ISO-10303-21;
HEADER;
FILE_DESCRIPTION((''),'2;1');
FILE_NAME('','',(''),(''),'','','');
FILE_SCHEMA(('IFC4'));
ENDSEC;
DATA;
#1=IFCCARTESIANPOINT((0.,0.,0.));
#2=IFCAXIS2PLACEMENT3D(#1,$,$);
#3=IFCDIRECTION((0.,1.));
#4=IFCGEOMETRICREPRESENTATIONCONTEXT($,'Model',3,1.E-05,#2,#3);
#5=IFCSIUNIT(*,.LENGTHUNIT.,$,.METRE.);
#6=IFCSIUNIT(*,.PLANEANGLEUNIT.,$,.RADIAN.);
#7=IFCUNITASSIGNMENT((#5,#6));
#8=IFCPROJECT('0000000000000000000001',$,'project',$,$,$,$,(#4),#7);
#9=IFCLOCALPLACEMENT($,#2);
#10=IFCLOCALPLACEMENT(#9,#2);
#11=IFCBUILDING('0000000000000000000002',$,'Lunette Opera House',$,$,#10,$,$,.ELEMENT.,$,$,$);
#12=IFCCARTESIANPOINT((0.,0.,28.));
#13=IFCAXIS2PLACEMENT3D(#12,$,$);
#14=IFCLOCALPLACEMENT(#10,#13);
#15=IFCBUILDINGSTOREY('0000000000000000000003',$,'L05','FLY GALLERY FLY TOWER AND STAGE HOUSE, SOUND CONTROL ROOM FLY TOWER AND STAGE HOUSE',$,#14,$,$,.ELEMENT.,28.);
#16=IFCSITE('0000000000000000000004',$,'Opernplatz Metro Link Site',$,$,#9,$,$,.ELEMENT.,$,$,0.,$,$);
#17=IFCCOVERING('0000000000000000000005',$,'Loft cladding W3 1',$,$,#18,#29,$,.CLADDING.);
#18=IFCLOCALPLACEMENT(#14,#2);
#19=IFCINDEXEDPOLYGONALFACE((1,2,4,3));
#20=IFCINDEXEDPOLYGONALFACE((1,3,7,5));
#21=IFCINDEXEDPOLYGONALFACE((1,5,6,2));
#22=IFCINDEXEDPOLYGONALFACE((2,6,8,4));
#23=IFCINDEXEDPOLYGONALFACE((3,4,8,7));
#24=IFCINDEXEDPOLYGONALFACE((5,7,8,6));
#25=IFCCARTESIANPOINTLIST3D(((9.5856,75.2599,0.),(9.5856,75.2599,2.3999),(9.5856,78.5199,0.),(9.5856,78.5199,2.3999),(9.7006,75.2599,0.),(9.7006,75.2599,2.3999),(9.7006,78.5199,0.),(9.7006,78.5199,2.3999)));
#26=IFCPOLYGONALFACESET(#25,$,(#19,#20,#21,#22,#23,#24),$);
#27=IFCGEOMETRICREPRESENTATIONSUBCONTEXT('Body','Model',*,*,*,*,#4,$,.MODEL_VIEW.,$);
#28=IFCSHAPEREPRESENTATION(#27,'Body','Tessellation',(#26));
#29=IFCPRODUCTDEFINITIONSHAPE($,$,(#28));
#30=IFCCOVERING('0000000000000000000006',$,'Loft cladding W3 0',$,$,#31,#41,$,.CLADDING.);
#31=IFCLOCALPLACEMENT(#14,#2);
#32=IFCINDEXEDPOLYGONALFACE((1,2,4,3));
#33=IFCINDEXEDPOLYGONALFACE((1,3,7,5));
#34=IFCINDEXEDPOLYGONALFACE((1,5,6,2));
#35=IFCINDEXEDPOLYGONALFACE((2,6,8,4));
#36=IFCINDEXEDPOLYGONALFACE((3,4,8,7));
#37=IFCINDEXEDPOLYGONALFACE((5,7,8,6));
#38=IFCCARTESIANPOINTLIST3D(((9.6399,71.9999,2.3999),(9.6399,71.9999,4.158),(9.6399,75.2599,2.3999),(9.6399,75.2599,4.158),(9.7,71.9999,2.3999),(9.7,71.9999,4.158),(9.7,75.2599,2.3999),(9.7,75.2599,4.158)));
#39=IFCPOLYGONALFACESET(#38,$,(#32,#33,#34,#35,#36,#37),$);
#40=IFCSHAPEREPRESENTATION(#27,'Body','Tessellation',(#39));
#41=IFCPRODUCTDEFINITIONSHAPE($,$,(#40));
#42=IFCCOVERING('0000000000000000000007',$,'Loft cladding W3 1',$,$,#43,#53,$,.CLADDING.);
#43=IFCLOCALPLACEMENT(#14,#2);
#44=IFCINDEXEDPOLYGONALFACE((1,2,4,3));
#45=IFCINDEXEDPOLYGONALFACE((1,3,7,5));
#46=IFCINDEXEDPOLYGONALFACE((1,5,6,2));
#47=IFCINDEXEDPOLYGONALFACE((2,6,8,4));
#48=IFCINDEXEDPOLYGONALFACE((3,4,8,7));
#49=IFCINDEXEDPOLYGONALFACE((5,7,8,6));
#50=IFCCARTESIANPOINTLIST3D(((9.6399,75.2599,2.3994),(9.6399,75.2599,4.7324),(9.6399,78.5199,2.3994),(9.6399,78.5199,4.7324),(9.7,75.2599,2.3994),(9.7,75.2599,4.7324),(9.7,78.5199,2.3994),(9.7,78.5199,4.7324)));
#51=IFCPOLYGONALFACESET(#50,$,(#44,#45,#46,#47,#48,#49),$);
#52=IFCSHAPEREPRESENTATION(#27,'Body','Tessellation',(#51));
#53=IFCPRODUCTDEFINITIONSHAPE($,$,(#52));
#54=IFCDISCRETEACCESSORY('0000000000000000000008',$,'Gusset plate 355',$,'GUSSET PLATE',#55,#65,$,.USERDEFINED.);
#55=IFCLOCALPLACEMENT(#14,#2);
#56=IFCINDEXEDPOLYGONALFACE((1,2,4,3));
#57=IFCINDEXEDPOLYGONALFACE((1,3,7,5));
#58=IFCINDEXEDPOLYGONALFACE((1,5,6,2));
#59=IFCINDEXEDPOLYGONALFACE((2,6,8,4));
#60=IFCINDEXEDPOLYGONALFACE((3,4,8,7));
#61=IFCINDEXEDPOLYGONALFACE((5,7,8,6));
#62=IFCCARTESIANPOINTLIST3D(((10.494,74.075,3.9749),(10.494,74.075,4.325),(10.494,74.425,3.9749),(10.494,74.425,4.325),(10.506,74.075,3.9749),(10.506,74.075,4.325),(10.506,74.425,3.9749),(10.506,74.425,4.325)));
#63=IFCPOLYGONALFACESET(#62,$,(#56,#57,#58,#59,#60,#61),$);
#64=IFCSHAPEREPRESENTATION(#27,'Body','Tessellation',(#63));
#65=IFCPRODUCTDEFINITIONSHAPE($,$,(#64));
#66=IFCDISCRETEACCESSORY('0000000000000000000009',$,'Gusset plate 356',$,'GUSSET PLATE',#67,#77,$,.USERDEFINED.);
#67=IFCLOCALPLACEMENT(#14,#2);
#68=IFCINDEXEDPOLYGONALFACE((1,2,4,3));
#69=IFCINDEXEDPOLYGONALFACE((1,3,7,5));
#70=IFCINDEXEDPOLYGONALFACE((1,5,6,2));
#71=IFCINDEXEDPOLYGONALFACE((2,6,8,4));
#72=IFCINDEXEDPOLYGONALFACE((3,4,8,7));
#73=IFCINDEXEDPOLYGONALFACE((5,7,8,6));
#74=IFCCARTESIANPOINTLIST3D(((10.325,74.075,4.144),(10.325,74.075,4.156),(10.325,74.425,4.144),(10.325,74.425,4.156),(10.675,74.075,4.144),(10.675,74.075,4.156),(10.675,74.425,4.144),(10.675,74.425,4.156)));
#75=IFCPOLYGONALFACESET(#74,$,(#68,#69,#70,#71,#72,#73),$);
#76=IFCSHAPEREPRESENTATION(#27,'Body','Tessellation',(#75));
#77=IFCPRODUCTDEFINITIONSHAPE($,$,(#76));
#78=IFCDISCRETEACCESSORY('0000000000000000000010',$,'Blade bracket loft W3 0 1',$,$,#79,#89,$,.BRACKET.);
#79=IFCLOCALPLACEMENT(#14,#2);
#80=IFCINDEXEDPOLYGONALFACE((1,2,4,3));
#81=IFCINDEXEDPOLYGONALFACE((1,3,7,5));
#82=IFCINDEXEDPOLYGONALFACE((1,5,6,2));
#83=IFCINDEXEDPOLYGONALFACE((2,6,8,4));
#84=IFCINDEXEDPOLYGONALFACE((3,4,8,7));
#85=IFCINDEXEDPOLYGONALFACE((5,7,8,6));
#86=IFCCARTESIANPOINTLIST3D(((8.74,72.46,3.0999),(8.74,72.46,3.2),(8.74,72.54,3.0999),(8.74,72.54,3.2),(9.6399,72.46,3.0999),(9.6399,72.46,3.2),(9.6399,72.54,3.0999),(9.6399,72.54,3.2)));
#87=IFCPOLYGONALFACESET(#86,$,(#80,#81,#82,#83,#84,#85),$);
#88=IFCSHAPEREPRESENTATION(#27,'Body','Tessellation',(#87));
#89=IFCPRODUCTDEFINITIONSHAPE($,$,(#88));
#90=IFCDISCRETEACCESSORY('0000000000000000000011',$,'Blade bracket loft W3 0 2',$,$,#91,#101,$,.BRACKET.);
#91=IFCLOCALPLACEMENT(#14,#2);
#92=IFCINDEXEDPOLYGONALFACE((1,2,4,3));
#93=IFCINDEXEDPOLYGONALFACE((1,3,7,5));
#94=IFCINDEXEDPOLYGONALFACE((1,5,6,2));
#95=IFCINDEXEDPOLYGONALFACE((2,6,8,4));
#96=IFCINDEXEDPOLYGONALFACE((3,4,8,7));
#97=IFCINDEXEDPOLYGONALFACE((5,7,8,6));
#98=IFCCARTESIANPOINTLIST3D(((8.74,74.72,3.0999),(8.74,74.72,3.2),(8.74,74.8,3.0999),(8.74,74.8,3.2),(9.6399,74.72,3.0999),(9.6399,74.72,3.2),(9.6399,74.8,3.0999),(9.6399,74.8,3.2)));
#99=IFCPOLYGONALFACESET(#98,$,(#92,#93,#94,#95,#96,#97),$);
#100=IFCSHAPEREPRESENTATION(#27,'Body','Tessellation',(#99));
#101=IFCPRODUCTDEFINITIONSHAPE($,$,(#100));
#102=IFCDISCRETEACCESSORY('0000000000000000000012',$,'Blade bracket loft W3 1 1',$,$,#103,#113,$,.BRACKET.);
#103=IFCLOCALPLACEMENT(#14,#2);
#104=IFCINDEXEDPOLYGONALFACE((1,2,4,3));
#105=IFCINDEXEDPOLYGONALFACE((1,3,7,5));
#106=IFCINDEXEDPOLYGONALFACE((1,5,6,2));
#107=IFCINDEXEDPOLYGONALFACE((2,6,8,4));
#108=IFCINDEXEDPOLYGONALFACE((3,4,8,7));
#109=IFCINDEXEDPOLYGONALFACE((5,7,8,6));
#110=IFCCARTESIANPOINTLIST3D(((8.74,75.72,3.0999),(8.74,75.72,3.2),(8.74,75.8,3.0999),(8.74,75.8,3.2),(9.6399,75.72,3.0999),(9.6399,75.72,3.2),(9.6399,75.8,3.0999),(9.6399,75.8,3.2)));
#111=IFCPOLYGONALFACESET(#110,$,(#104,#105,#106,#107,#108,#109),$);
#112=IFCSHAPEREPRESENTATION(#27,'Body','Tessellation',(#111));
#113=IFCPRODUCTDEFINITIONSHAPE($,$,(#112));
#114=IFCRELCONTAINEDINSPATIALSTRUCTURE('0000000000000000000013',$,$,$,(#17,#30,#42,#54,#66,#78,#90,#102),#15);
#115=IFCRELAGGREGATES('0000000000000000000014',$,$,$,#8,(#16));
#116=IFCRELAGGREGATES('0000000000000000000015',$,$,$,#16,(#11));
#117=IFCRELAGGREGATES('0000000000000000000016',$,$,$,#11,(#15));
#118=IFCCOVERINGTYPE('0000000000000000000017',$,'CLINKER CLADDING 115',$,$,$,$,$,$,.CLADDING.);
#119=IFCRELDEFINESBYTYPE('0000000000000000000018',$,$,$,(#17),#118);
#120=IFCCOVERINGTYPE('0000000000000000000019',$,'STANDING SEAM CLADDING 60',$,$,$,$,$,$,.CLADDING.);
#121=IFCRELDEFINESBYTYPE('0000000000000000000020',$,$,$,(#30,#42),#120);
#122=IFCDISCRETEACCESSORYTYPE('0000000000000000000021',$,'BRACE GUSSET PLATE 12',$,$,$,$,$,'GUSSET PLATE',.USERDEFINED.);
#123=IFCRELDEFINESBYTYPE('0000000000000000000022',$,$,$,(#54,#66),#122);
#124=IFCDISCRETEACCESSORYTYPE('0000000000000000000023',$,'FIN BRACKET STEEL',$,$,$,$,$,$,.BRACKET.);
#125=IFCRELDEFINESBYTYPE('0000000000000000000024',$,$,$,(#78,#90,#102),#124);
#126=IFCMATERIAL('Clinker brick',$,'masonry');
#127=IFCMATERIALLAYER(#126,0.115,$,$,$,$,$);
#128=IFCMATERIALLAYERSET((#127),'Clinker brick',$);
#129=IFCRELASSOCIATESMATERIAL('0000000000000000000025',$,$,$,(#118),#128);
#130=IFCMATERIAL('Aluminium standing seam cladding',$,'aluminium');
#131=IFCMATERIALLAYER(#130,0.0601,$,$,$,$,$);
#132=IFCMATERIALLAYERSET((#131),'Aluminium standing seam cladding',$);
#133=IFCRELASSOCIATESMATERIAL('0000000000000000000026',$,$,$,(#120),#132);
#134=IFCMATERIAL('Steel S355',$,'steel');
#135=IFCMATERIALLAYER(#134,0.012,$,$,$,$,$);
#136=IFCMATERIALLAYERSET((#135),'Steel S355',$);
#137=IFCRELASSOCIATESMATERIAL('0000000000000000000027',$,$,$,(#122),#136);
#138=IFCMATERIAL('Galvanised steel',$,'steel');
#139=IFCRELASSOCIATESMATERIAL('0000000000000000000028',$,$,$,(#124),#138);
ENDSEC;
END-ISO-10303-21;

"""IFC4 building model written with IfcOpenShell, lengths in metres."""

from ifc_helpers import new_model, si_unit, direction, frame, origin, origin_2d, place, context, subcontext, project, spatial, rectangle, extrude, material, layer, layer_set, type_object, element, save


model = new_model("IFC4")

# Units and contexts
model_context = context("Model", 3, precision=1e-05, world=origin(), true_north=direction((0.0, 1.0)))
body_context = subcontext(model_context, "Body", "Model", "MODEL_VIEW")
ifc_project = project(units=[si_unit("LENGTHUNIT", "METRE"), si_unit("PLANEANGLEUNIT", "RADIAN")], contexts=[model_context])

# Site, building, storey
site_placement = place(None, origin())
site = spatial("IfcSite", under=ifc_project, at=site_placement, Name="Opernplatz Metro Link Site", CompositionType="ELEMENT", RefElevation=0.0)
building_placement = place(site_placement, origin())
building = spatial("IfcBuilding", under=site, at=building_placement, Name="Lunette Opera House", CompositionType="ELEMENT")
storey_placement = place(building_placement, frame((0.0, 0.0, 28.0)))
storey = spatial("IfcBuildingStorey", under=building, at=storey_placement, Name="L05", Description="FLY GALLERY FLY TOWER AND STAGE HOUSE, SOUND CONTROL ROOM FLY TOWER AND STAGE HOUSE", CompositionType="ELEMENT", Elevation=28.0)

# Coverings
ifc_material_1 = material(Name="Clinker brick", Category="masonry")
ifc_layer_1 = layer(ifc_material_1, 0.115)
ifc_layer_set_1 = layer_set([ifc_layer_1], Name="Clinker brick")
covering_type_1 = type_object("IfcCoveringType", Name="CLINKER CLADDING 115", PredefinedType="CLADDING", material=ifc_layer_set_1)
for number, where, z_axis, x_axis, name in (
    (1, (9.6431, 76.8899, 0.0), (0.0, 0.0, 1.0), (0.0, 1.0, 0.0), "Loft cladding W3 1"),
):
    element("IfcCovering", number, at=place(storey_placement, frame(where, z_axis=z_axis, x_axis=x_axis)), inside=storey, type_object=covering_type_1, Name=name, PredefinedType="CLADDING", context=body_context, shape_type="SweptSolid", body=[
        extrude(rectangle(XDim=3.26, YDim=0.115, at=origin_2d()), origin(), (0.0, 0.0, 1.0), 2.3999),
    ])
ifc_material_2 = material(Name="Aluminium standing seam cladding", Category="aluminium")
ifc_layer_2 = layer(ifc_material_2, 0.0601)
ifc_layer_set_2 = layer_set([ifc_layer_2], Name="Aluminium standing seam cladding")
covering_type_2 = type_object("IfcCoveringType", Name="STANDING SEAM CLADDING 60", PredefinedType="CLADDING", material=ifc_layer_set_2)
covering_1_placement = place(storey_placement, frame((9.6699, 73.6299, 2.3999), z_axis=(0.0, 0.0, 1.0), x_axis=(0.0, 1.0, 0.0)))
element("IfcCovering", 2, at=covering_1_placement, inside=storey, type_object=covering_type_2, Name="Loft cladding W3 0", PredefinedType="CLADDING", context=body_context, shape_type="SweptSolid", body=[
    extrude(rectangle(XDim=3.26, YDim=0.0601, at=origin_2d()), origin(), (0.0, 0.0, 1.0), 1.7581),
])
covering_2_placement = place(storey_placement, frame((9.6699, 76.8899, 2.3994), z_axis=(0.0, 0.0, 1.0), x_axis=(0.0, 1.0, 0.0)))
element("IfcCovering", 3, at=covering_2_placement, inside=storey, type_object=covering_type_2, Name="Loft cladding W3 1", PredefinedType="CLADDING", context=body_context, shape_type="SweptSolid", body=[
    extrude(rectangle(XDim=3.26, YDim=0.0601, at=origin_2d()), origin(), (0.0, 0.0, 1.0), 2.333),
])

# Discrete accessories
ifc_material_3 = material(Name="Steel S355", Category="steel")
ifc_layer_3 = layer(ifc_material_3, 0.012)
ifc_layer_set_3 = layer_set([ifc_layer_3], Name="Steel S355")
discrete_accessory_type_1 = type_object("IfcDiscreteAccessoryType", Name="BRACE GUSSET PLATE 12", ElementType="GUSSET PLATE", PredefinedType="USERDEFINED", material=ifc_layer_set_3)
discrete_accessory_1_placement = place(storey_placement, frame((10.5, 74.25, 3.9749), z_axis=(0.0, 0.0, 1.0), x_axis=(0.0, 1.0, 0.0)))
element("IfcDiscreteAccessory", 4, at=discrete_accessory_1_placement, inside=storey, type_object=discrete_accessory_type_1, Name="Gusset plate 355", ObjectType="GUSSET PLATE", PredefinedType="USERDEFINED", context=body_context, shape_type="SweptSolid", body=[
    extrude(rectangle(XDim=0.3501, YDim=0.012, at=origin_2d()), origin(), (0.0, 0.0, 1.0), 0.3501),
])
discrete_accessory_2_placement = place(storey_placement, frame((10.5, 74.25, 4.144), z_axis=(0.0, 0.0, 1.0), x_axis=(0.0, 1.0, 0.0)))
element("IfcDiscreteAccessory", 5, at=discrete_accessory_2_placement, inside=storey, type_object=discrete_accessory_type_1, Name="Gusset plate 356", ObjectType="GUSSET PLATE", PredefinedType="USERDEFINED", context=body_context, shape_type="SweptSolid", body=[
    extrude(rectangle(XDim=0.3501, YDim=0.3501, at=origin_2d()), origin(), (0.0, 0.0, 1.0), 0.012),
])
ifc_material_4 = material(Name="Galvanised steel", Category="steel")
discrete_accessory_type_2 = type_object("IfcDiscreteAccessoryType", Name="FIN BRACKET STEEL", PredefinedType="BRACKET", material=ifc_material_4)
for number, where, z_axis, x_axis, name in (
    (6, (9.1899, 72.5, 3.0999), (0.0, 0.0, 1.0), (-1.0, 0.0, 0.0), "Blade bracket loft W3 0 1"),
    (7, (9.1899, 74.76, 3.0999), (0.0, 0.0, 1.0), (-1.0, 0.0, 0.0), "Blade bracket loft W3 0 2"),
    (8, (9.1899, 75.76, 3.0999), (0.0, 0.0, 1.0), (-1.0, 0.0, 0.0), "Blade bracket loft W3 1 1"),
):
    element("IfcDiscreteAccessory", number, at=place(storey_placement, frame(where, z_axis=z_axis, x_axis=x_axis)), inside=storey, type_object=discrete_accessory_type_2, Name=name, PredefinedType="BRACKET", context=body_context, shape_type="SweptSolid", body=[
        extrude(rectangle(XDim=0.8999, YDim=0.0801, at=origin_2d()), origin(), (0.0, 0.0, 1.0), 0.1001),
    ])

save(model, "model.ifc")
